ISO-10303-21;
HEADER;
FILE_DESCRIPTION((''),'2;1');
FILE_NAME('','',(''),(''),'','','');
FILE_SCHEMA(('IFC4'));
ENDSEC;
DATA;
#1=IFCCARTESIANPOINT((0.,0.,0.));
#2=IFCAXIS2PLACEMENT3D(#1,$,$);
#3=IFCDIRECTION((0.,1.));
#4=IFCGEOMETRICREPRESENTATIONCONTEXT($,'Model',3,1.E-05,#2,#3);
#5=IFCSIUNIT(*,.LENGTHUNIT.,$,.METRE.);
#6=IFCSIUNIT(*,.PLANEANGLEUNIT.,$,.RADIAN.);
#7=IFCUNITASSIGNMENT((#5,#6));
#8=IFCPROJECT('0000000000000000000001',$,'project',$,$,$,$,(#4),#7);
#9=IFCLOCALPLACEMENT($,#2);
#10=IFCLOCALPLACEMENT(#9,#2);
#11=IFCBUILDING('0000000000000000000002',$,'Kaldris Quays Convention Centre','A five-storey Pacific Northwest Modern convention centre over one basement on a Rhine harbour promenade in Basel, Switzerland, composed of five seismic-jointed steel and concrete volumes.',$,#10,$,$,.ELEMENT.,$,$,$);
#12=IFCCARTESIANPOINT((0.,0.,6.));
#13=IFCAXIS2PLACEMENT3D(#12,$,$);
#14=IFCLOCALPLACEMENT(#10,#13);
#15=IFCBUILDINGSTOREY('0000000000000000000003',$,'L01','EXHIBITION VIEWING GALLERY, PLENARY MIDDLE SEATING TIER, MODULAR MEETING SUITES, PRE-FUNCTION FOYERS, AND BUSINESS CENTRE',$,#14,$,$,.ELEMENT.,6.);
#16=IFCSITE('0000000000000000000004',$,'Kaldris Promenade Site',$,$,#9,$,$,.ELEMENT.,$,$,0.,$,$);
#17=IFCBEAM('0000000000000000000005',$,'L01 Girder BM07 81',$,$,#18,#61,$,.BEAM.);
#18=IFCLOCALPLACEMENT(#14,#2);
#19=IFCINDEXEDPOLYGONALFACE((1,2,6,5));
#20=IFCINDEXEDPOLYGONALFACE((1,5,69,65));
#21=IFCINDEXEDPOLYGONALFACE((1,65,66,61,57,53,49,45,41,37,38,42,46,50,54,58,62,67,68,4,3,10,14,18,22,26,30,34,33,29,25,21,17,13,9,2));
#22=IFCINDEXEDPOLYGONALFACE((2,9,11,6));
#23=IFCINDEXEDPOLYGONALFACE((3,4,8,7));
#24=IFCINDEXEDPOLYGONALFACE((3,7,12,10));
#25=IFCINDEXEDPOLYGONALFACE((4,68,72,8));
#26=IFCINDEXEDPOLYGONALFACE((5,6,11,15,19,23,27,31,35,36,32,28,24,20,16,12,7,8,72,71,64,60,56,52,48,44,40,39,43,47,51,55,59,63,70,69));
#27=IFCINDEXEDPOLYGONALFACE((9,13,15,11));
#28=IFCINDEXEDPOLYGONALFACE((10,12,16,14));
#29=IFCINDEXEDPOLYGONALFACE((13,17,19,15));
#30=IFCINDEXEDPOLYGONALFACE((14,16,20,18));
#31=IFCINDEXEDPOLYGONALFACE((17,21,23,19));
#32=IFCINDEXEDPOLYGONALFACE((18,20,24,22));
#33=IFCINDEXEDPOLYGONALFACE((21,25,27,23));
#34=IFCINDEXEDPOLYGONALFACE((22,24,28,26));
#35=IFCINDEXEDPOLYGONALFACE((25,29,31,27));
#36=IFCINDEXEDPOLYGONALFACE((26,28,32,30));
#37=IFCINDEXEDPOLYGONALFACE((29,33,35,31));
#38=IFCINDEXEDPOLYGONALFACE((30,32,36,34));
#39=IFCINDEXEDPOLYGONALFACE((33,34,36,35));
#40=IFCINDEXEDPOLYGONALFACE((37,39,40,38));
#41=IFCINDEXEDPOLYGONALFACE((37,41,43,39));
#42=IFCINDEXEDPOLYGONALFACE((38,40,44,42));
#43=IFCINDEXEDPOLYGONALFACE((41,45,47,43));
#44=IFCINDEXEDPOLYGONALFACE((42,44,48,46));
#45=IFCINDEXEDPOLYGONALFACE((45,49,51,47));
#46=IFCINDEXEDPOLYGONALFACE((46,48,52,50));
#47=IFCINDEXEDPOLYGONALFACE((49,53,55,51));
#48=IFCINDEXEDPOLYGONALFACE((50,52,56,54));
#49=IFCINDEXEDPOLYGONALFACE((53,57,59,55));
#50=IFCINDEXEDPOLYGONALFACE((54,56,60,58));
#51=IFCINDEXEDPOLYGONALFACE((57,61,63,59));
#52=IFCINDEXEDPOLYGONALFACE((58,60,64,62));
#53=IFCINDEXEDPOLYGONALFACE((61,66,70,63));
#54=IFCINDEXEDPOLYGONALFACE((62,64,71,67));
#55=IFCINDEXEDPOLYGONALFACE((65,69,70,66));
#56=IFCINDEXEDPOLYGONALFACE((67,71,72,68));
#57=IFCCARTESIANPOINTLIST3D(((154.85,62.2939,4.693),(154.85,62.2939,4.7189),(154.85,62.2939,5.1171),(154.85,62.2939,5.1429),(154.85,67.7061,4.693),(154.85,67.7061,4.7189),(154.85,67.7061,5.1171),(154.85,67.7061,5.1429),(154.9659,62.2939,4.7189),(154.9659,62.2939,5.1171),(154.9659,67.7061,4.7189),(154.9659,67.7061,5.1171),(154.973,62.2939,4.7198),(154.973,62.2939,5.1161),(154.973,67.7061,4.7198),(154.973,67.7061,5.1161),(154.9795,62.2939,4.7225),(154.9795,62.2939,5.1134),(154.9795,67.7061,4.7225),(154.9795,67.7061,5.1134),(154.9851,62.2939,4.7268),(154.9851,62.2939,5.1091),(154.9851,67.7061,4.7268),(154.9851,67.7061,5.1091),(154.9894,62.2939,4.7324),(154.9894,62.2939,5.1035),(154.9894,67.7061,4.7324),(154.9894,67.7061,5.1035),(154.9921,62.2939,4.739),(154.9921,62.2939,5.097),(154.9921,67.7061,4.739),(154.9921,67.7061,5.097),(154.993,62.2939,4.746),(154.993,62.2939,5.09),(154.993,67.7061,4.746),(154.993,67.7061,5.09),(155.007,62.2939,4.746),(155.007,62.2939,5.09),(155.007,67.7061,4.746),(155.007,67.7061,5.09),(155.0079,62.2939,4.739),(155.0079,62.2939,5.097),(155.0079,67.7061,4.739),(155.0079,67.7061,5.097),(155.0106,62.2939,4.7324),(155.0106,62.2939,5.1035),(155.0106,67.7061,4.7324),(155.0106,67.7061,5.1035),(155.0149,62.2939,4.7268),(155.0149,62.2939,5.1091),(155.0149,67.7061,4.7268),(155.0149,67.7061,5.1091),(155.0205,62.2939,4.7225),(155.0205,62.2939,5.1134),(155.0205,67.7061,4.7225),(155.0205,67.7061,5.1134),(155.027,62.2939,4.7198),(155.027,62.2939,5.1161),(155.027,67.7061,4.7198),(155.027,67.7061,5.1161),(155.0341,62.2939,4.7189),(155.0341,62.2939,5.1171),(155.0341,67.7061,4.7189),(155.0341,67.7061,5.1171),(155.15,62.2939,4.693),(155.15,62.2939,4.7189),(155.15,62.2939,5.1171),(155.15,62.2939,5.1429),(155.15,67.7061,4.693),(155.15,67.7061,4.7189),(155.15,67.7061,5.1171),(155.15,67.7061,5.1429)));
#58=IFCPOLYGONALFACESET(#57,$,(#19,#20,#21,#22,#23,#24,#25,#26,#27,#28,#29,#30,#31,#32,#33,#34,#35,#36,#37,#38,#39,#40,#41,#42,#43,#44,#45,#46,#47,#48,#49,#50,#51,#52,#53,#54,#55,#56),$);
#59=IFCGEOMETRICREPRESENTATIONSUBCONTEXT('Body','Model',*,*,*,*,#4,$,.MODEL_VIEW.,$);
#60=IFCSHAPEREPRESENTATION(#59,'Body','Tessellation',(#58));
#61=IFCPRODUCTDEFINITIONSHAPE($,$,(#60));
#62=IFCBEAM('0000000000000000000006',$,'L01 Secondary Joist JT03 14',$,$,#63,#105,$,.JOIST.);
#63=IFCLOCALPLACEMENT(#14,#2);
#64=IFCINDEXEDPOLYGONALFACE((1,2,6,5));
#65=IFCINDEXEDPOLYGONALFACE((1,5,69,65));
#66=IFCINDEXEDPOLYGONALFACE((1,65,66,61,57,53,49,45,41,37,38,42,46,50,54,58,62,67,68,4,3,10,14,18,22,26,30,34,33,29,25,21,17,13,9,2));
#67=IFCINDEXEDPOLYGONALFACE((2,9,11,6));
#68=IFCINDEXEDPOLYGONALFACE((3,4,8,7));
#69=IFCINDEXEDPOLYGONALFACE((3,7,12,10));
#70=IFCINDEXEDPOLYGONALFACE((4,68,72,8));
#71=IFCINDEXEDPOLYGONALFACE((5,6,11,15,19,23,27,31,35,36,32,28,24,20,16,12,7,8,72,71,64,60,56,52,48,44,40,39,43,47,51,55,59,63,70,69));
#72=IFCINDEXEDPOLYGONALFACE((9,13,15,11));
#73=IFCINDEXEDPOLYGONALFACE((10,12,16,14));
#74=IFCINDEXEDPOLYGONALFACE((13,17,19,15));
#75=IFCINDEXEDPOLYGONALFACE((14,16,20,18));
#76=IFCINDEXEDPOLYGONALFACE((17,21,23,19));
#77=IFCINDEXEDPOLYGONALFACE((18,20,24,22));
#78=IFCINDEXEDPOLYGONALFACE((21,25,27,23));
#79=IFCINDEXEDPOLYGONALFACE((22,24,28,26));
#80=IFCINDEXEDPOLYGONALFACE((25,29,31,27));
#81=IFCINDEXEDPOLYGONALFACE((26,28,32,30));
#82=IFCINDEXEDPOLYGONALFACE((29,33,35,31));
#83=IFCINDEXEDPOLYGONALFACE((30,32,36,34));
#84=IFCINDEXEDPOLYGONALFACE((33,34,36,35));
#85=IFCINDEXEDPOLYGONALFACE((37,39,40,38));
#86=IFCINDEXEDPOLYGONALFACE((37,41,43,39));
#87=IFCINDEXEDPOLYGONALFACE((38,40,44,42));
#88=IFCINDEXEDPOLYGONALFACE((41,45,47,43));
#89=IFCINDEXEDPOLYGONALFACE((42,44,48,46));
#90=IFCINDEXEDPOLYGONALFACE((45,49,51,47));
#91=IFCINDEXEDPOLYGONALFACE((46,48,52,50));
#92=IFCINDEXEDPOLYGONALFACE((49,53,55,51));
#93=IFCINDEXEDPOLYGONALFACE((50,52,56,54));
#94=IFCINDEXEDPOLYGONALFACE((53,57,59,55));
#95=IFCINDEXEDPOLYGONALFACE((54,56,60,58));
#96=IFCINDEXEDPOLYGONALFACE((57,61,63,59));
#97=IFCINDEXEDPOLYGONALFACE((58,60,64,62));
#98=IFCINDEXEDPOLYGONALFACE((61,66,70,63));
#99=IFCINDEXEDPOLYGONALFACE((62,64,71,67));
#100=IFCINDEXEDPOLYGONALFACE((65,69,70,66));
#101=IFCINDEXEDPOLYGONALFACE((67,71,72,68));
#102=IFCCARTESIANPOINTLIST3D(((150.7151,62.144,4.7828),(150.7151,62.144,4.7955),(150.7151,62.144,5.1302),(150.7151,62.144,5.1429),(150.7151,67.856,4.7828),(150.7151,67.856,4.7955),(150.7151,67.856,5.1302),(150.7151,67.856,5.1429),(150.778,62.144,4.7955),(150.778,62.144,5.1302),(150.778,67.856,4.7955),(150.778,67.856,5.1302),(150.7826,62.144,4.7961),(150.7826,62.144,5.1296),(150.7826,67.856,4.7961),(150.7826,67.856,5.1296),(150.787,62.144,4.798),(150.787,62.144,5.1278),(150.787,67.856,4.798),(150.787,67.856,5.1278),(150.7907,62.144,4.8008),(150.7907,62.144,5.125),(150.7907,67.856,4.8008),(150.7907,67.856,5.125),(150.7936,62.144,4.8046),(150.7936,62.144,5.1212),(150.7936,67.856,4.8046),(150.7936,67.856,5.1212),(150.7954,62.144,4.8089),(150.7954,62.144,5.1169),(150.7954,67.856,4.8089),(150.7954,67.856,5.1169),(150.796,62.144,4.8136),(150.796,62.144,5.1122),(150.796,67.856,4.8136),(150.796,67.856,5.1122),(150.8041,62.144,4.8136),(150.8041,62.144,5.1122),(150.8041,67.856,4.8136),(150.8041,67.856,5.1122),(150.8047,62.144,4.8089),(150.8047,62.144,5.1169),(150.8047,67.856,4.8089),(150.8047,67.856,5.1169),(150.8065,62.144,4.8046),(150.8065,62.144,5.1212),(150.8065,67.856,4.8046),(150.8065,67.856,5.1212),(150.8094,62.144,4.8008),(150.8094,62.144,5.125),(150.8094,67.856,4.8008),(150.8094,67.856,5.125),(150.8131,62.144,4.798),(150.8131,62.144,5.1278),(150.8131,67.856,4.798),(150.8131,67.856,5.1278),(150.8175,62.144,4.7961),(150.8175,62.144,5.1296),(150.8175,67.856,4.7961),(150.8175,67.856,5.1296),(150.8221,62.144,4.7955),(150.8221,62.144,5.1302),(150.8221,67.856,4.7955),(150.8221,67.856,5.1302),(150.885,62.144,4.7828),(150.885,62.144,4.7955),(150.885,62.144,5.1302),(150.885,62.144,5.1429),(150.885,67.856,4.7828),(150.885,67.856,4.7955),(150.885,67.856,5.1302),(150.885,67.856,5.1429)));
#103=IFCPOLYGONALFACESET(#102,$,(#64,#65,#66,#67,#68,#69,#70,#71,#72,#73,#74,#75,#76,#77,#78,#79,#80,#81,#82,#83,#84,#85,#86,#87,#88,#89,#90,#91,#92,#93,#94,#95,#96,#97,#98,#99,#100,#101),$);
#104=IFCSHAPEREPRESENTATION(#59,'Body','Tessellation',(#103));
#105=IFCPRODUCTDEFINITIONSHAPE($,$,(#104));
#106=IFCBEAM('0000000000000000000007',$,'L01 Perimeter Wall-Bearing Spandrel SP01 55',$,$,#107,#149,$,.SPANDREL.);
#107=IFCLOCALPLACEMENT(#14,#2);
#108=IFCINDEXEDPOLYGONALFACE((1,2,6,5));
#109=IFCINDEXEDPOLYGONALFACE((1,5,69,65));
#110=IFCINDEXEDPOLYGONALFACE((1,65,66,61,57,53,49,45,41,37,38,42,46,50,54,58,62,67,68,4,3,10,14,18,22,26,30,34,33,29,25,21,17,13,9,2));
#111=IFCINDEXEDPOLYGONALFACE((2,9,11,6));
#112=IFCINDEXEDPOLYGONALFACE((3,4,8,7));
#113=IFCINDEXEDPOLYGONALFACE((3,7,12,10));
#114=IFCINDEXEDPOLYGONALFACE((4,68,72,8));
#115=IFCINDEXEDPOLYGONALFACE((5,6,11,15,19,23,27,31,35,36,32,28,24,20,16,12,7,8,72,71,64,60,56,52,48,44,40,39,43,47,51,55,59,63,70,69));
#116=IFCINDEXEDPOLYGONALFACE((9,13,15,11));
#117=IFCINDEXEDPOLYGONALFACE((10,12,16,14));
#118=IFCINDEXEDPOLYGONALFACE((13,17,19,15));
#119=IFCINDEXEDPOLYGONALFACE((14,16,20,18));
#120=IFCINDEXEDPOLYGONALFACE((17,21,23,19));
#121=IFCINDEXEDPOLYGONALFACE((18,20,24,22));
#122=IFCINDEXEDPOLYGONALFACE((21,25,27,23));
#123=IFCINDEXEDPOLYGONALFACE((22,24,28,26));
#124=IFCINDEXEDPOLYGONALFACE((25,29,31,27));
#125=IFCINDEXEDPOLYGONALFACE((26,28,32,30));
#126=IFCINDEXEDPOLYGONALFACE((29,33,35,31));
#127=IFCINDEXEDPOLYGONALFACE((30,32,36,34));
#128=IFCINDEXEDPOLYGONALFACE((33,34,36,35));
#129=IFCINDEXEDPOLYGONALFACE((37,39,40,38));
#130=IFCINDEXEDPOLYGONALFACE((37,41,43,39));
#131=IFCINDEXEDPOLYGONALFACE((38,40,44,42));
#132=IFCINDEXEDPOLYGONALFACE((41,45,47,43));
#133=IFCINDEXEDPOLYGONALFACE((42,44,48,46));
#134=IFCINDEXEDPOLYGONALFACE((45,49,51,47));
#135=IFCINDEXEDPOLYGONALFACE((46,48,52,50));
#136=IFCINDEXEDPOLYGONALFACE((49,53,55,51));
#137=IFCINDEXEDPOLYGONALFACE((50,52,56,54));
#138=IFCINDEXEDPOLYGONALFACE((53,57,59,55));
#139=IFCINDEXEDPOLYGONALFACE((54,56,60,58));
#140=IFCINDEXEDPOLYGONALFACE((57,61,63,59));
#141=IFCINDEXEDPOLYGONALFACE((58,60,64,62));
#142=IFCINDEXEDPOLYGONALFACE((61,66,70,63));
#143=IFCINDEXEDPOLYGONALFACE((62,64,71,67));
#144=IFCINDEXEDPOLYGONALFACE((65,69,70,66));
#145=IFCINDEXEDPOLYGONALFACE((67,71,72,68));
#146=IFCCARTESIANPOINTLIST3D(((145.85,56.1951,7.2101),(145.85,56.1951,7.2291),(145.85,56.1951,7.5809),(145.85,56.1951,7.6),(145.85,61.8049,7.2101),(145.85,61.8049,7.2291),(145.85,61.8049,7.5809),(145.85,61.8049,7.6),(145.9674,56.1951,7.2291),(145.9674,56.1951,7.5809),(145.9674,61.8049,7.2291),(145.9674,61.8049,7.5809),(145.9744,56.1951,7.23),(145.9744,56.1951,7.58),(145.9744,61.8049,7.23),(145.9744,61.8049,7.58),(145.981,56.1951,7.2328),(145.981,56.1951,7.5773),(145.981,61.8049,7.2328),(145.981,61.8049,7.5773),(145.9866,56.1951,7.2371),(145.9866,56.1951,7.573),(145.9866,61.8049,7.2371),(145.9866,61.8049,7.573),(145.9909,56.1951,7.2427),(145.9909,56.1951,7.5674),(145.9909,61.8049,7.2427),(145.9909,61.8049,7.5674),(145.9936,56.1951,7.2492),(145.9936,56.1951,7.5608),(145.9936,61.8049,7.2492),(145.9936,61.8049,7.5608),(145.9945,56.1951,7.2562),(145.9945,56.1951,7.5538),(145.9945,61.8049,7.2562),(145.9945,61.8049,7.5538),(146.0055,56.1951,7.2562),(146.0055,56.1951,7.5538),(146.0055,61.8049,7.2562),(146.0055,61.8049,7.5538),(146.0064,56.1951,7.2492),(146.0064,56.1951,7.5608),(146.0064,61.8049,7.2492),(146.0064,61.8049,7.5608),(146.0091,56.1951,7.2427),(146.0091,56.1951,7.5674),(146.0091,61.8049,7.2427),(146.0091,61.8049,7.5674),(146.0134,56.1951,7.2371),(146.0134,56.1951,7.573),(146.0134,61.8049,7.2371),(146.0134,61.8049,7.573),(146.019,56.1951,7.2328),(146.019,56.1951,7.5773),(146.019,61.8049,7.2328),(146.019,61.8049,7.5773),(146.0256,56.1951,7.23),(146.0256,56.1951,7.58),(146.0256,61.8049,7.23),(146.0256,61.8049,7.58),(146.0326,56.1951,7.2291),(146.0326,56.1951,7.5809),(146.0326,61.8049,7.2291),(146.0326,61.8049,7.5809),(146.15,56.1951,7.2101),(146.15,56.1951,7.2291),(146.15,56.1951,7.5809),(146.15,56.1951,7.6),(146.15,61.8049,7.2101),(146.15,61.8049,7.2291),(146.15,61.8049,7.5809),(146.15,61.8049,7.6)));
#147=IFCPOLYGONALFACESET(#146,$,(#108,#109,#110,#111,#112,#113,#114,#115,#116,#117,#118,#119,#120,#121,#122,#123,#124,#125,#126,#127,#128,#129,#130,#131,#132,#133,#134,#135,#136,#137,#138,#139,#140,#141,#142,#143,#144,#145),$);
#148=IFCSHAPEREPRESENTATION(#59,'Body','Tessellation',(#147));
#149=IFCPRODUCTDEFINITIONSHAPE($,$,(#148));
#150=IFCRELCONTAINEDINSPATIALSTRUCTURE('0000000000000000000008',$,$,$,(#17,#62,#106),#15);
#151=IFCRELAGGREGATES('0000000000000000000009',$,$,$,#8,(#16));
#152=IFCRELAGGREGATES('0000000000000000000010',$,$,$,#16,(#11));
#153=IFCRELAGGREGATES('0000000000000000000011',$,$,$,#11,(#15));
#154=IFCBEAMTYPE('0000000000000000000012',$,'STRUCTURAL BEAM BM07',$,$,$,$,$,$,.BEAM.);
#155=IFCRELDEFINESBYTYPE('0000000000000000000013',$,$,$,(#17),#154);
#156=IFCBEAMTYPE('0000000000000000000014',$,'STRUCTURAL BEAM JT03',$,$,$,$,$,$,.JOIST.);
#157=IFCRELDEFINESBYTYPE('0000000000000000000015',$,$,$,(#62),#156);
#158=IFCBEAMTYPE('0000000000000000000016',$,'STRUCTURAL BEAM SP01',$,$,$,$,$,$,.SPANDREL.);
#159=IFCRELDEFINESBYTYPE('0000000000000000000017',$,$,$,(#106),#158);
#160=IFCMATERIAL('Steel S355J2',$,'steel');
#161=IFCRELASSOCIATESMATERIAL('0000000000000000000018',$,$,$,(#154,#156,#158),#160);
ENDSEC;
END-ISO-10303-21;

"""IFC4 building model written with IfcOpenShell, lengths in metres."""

from ifc_helpers import new_model, si_unit, direction, frame, origin, origin_2d, place, context, subcontext, project, spatial, i_section, extrude, material, material_profile, profile_set, type_object, element, save


model = new_model("IFC4")

# Units and contexts
model_context = context("Model", 3, precision=1e-05, world=origin(), true_north=direction((0.0, 1.0)))
body_context = subcontext(model_context, "Body", "Model", "MODEL_VIEW")
ifc_project = project(units=[si_unit("LENGTHUNIT", "METRE"), si_unit("PLANEANGLEUNIT", "RADIAN")], contexts=[model_context])

# Site, building, storey
site_placement = place(None, origin())
site = spatial("IfcSite", under=ifc_project, at=site_placement, Name="Kaldris Promenade Site", CompositionType="ELEMENT", RefElevation=0.0)
building_placement = place(site_placement, origin())
building = spatial("IfcBuilding", under=site, at=building_placement, Name="Kaldris Quays Convention Centre", Description="A five-storey Pacific Northwest Modern convention centre over one basement on a Rhine harbour promenade in Basel, Switzerland, composed of five seismic-jointed steel and concrete volumes.", CompositionType="ELEMENT")
storey_placement = place(building_placement, frame((0.0, 0.0, 6.0)))
storey = spatial("IfcBuildingStorey", under=building, at=storey_placement, Name="L01", Description="EXHIBITION VIEWING GALLERY, PLENARY MIDDLE SEATING TIER, MODULAR MEETING SUITES, PRE-FUNCTION FOYERS, AND BUSINESS CENTRE", CompositionType="ELEMENT", Elevation=6.0)

# Shared definitions
ifc_material_1 = material(Name="Steel S355J2", Category="steel")

# Beams
ifc_material_profile_1 = material_profile(ifc_material_1, i_section(OverallWidth=0.3, OverallDepth=0.45, WebThickness=0.0139, FlangeThickness=0.0259, FilletRadius=0.0271, at=origin_2d()), Name="HEB 450")
ifc_profile_set_1 = profile_set([ifc_material_profile_1], Name="Steel S355J2")
beam_type_1 = type_object("IfcBeamType", Name="STRUCTURAL BEAM BM07", PredefinedType="BEAM", material=ifc_profile_set_1)
for number, where, z_axis, x_axis, name in (
    (1, (155.0, 62.2939, 4.918), (0.0, 1.0, 0.0), (-1.0, 0.0, 0.0), "L01 Girder BM07 81"),
):
    element("IfcBeam", number, at=place(storey_placement, frame(where, z_axis=z_axis, x_axis=x_axis)), inside=storey, type_object=beam_type_1, Name=name, PredefinedType="BEAM", context=body_context, shape_type="SweptSolid", body=[
        extrude(i_section(OverallWidth=0.3, OverallDepth=0.45, WebThickness=0.0139, FlangeThickness=0.0259, FilletRadius=0.0271, at=origin_2d()), origin(), (0.0, 0.0, 1.0), 5.4121),
    ])
ifc_material_profile_2 = material_profile(ifc_material_1, i_section(OverallWidth=0.1699, OverallDepth=0.3601, WebThickness=0.0081, FlangeThickness=0.0127, FilletRadius=0.0181, at=origin_2d()), Name="IPE 360")
ifc_profile_set_2 = profile_set([ifc_material_profile_2], Name="Steel S355J2")
beam_type_2 = type_object("IfcBeamType", Name="STRUCTURAL BEAM JT03", PredefinedType="JOIST", material=ifc_profile_set_2)
beam_1_placement = place(storey_placement, frame((150.8, 62.144, 4.9629), z_axis=(0.0, 1.0, 0.0), x_axis=(-1.0, 0.0, 0.0)))
element("IfcBeam", 2, at=beam_1_placement, inside=storey, type_object=beam_type_2, Name="L01 Secondary Joist JT03 14", PredefinedType="JOIST", context=body_context, shape_type="SweptSolid", body=[
    extrude(i_section(OverallWidth=0.1699, OverallDepth=0.3601, WebThickness=0.0081, FlangeThickness=0.0127, FilletRadius=0.0181, at=origin_2d()), origin(), (0.0, 0.0, 1.0), 5.7119),
])
ifc_material_profile_3 = material_profile(ifc_material_1, i_section(OverallWidth=0.3, OverallDepth=0.3899, WebThickness=0.011, FlangeThickness=0.019, FilletRadius=0.0271, at=origin_2d()), Name="HEA 400")
ifc_profile_set_3 = profile_set([ifc_material_profile_3], Name="Steel S355J2")
beam_type_3 = type_object("IfcBeamType", Name="STRUCTURAL BEAM SP01", PredefinedType="SPANDREL", material=ifc_profile_set_3)
beam_2_placement = place(storey_placement, frame((146.0, 56.1951, 7.405), z_axis=(0.0, 1.0, 0.0), x_axis=(-1.0, 0.0, 0.0)))
element("IfcBeam", 3, at=beam_2_placement, inside=storey, type_object=beam_type_3, Name="L01 Perimeter Wall-Bearing Spandrel SP01 55", PredefinedType="SPANDREL", context=body_context, shape_type="SweptSolid", body=[
    extrude(i_section(OverallWidth=0.3, OverallDepth=0.3899, WebThickness=0.011, FlangeThickness=0.019, FilletRadius=0.0271, at=origin_2d()), origin(), (0.0, 0.0, 1.0), 5.6099),
])

save(model, "model.ifc")
